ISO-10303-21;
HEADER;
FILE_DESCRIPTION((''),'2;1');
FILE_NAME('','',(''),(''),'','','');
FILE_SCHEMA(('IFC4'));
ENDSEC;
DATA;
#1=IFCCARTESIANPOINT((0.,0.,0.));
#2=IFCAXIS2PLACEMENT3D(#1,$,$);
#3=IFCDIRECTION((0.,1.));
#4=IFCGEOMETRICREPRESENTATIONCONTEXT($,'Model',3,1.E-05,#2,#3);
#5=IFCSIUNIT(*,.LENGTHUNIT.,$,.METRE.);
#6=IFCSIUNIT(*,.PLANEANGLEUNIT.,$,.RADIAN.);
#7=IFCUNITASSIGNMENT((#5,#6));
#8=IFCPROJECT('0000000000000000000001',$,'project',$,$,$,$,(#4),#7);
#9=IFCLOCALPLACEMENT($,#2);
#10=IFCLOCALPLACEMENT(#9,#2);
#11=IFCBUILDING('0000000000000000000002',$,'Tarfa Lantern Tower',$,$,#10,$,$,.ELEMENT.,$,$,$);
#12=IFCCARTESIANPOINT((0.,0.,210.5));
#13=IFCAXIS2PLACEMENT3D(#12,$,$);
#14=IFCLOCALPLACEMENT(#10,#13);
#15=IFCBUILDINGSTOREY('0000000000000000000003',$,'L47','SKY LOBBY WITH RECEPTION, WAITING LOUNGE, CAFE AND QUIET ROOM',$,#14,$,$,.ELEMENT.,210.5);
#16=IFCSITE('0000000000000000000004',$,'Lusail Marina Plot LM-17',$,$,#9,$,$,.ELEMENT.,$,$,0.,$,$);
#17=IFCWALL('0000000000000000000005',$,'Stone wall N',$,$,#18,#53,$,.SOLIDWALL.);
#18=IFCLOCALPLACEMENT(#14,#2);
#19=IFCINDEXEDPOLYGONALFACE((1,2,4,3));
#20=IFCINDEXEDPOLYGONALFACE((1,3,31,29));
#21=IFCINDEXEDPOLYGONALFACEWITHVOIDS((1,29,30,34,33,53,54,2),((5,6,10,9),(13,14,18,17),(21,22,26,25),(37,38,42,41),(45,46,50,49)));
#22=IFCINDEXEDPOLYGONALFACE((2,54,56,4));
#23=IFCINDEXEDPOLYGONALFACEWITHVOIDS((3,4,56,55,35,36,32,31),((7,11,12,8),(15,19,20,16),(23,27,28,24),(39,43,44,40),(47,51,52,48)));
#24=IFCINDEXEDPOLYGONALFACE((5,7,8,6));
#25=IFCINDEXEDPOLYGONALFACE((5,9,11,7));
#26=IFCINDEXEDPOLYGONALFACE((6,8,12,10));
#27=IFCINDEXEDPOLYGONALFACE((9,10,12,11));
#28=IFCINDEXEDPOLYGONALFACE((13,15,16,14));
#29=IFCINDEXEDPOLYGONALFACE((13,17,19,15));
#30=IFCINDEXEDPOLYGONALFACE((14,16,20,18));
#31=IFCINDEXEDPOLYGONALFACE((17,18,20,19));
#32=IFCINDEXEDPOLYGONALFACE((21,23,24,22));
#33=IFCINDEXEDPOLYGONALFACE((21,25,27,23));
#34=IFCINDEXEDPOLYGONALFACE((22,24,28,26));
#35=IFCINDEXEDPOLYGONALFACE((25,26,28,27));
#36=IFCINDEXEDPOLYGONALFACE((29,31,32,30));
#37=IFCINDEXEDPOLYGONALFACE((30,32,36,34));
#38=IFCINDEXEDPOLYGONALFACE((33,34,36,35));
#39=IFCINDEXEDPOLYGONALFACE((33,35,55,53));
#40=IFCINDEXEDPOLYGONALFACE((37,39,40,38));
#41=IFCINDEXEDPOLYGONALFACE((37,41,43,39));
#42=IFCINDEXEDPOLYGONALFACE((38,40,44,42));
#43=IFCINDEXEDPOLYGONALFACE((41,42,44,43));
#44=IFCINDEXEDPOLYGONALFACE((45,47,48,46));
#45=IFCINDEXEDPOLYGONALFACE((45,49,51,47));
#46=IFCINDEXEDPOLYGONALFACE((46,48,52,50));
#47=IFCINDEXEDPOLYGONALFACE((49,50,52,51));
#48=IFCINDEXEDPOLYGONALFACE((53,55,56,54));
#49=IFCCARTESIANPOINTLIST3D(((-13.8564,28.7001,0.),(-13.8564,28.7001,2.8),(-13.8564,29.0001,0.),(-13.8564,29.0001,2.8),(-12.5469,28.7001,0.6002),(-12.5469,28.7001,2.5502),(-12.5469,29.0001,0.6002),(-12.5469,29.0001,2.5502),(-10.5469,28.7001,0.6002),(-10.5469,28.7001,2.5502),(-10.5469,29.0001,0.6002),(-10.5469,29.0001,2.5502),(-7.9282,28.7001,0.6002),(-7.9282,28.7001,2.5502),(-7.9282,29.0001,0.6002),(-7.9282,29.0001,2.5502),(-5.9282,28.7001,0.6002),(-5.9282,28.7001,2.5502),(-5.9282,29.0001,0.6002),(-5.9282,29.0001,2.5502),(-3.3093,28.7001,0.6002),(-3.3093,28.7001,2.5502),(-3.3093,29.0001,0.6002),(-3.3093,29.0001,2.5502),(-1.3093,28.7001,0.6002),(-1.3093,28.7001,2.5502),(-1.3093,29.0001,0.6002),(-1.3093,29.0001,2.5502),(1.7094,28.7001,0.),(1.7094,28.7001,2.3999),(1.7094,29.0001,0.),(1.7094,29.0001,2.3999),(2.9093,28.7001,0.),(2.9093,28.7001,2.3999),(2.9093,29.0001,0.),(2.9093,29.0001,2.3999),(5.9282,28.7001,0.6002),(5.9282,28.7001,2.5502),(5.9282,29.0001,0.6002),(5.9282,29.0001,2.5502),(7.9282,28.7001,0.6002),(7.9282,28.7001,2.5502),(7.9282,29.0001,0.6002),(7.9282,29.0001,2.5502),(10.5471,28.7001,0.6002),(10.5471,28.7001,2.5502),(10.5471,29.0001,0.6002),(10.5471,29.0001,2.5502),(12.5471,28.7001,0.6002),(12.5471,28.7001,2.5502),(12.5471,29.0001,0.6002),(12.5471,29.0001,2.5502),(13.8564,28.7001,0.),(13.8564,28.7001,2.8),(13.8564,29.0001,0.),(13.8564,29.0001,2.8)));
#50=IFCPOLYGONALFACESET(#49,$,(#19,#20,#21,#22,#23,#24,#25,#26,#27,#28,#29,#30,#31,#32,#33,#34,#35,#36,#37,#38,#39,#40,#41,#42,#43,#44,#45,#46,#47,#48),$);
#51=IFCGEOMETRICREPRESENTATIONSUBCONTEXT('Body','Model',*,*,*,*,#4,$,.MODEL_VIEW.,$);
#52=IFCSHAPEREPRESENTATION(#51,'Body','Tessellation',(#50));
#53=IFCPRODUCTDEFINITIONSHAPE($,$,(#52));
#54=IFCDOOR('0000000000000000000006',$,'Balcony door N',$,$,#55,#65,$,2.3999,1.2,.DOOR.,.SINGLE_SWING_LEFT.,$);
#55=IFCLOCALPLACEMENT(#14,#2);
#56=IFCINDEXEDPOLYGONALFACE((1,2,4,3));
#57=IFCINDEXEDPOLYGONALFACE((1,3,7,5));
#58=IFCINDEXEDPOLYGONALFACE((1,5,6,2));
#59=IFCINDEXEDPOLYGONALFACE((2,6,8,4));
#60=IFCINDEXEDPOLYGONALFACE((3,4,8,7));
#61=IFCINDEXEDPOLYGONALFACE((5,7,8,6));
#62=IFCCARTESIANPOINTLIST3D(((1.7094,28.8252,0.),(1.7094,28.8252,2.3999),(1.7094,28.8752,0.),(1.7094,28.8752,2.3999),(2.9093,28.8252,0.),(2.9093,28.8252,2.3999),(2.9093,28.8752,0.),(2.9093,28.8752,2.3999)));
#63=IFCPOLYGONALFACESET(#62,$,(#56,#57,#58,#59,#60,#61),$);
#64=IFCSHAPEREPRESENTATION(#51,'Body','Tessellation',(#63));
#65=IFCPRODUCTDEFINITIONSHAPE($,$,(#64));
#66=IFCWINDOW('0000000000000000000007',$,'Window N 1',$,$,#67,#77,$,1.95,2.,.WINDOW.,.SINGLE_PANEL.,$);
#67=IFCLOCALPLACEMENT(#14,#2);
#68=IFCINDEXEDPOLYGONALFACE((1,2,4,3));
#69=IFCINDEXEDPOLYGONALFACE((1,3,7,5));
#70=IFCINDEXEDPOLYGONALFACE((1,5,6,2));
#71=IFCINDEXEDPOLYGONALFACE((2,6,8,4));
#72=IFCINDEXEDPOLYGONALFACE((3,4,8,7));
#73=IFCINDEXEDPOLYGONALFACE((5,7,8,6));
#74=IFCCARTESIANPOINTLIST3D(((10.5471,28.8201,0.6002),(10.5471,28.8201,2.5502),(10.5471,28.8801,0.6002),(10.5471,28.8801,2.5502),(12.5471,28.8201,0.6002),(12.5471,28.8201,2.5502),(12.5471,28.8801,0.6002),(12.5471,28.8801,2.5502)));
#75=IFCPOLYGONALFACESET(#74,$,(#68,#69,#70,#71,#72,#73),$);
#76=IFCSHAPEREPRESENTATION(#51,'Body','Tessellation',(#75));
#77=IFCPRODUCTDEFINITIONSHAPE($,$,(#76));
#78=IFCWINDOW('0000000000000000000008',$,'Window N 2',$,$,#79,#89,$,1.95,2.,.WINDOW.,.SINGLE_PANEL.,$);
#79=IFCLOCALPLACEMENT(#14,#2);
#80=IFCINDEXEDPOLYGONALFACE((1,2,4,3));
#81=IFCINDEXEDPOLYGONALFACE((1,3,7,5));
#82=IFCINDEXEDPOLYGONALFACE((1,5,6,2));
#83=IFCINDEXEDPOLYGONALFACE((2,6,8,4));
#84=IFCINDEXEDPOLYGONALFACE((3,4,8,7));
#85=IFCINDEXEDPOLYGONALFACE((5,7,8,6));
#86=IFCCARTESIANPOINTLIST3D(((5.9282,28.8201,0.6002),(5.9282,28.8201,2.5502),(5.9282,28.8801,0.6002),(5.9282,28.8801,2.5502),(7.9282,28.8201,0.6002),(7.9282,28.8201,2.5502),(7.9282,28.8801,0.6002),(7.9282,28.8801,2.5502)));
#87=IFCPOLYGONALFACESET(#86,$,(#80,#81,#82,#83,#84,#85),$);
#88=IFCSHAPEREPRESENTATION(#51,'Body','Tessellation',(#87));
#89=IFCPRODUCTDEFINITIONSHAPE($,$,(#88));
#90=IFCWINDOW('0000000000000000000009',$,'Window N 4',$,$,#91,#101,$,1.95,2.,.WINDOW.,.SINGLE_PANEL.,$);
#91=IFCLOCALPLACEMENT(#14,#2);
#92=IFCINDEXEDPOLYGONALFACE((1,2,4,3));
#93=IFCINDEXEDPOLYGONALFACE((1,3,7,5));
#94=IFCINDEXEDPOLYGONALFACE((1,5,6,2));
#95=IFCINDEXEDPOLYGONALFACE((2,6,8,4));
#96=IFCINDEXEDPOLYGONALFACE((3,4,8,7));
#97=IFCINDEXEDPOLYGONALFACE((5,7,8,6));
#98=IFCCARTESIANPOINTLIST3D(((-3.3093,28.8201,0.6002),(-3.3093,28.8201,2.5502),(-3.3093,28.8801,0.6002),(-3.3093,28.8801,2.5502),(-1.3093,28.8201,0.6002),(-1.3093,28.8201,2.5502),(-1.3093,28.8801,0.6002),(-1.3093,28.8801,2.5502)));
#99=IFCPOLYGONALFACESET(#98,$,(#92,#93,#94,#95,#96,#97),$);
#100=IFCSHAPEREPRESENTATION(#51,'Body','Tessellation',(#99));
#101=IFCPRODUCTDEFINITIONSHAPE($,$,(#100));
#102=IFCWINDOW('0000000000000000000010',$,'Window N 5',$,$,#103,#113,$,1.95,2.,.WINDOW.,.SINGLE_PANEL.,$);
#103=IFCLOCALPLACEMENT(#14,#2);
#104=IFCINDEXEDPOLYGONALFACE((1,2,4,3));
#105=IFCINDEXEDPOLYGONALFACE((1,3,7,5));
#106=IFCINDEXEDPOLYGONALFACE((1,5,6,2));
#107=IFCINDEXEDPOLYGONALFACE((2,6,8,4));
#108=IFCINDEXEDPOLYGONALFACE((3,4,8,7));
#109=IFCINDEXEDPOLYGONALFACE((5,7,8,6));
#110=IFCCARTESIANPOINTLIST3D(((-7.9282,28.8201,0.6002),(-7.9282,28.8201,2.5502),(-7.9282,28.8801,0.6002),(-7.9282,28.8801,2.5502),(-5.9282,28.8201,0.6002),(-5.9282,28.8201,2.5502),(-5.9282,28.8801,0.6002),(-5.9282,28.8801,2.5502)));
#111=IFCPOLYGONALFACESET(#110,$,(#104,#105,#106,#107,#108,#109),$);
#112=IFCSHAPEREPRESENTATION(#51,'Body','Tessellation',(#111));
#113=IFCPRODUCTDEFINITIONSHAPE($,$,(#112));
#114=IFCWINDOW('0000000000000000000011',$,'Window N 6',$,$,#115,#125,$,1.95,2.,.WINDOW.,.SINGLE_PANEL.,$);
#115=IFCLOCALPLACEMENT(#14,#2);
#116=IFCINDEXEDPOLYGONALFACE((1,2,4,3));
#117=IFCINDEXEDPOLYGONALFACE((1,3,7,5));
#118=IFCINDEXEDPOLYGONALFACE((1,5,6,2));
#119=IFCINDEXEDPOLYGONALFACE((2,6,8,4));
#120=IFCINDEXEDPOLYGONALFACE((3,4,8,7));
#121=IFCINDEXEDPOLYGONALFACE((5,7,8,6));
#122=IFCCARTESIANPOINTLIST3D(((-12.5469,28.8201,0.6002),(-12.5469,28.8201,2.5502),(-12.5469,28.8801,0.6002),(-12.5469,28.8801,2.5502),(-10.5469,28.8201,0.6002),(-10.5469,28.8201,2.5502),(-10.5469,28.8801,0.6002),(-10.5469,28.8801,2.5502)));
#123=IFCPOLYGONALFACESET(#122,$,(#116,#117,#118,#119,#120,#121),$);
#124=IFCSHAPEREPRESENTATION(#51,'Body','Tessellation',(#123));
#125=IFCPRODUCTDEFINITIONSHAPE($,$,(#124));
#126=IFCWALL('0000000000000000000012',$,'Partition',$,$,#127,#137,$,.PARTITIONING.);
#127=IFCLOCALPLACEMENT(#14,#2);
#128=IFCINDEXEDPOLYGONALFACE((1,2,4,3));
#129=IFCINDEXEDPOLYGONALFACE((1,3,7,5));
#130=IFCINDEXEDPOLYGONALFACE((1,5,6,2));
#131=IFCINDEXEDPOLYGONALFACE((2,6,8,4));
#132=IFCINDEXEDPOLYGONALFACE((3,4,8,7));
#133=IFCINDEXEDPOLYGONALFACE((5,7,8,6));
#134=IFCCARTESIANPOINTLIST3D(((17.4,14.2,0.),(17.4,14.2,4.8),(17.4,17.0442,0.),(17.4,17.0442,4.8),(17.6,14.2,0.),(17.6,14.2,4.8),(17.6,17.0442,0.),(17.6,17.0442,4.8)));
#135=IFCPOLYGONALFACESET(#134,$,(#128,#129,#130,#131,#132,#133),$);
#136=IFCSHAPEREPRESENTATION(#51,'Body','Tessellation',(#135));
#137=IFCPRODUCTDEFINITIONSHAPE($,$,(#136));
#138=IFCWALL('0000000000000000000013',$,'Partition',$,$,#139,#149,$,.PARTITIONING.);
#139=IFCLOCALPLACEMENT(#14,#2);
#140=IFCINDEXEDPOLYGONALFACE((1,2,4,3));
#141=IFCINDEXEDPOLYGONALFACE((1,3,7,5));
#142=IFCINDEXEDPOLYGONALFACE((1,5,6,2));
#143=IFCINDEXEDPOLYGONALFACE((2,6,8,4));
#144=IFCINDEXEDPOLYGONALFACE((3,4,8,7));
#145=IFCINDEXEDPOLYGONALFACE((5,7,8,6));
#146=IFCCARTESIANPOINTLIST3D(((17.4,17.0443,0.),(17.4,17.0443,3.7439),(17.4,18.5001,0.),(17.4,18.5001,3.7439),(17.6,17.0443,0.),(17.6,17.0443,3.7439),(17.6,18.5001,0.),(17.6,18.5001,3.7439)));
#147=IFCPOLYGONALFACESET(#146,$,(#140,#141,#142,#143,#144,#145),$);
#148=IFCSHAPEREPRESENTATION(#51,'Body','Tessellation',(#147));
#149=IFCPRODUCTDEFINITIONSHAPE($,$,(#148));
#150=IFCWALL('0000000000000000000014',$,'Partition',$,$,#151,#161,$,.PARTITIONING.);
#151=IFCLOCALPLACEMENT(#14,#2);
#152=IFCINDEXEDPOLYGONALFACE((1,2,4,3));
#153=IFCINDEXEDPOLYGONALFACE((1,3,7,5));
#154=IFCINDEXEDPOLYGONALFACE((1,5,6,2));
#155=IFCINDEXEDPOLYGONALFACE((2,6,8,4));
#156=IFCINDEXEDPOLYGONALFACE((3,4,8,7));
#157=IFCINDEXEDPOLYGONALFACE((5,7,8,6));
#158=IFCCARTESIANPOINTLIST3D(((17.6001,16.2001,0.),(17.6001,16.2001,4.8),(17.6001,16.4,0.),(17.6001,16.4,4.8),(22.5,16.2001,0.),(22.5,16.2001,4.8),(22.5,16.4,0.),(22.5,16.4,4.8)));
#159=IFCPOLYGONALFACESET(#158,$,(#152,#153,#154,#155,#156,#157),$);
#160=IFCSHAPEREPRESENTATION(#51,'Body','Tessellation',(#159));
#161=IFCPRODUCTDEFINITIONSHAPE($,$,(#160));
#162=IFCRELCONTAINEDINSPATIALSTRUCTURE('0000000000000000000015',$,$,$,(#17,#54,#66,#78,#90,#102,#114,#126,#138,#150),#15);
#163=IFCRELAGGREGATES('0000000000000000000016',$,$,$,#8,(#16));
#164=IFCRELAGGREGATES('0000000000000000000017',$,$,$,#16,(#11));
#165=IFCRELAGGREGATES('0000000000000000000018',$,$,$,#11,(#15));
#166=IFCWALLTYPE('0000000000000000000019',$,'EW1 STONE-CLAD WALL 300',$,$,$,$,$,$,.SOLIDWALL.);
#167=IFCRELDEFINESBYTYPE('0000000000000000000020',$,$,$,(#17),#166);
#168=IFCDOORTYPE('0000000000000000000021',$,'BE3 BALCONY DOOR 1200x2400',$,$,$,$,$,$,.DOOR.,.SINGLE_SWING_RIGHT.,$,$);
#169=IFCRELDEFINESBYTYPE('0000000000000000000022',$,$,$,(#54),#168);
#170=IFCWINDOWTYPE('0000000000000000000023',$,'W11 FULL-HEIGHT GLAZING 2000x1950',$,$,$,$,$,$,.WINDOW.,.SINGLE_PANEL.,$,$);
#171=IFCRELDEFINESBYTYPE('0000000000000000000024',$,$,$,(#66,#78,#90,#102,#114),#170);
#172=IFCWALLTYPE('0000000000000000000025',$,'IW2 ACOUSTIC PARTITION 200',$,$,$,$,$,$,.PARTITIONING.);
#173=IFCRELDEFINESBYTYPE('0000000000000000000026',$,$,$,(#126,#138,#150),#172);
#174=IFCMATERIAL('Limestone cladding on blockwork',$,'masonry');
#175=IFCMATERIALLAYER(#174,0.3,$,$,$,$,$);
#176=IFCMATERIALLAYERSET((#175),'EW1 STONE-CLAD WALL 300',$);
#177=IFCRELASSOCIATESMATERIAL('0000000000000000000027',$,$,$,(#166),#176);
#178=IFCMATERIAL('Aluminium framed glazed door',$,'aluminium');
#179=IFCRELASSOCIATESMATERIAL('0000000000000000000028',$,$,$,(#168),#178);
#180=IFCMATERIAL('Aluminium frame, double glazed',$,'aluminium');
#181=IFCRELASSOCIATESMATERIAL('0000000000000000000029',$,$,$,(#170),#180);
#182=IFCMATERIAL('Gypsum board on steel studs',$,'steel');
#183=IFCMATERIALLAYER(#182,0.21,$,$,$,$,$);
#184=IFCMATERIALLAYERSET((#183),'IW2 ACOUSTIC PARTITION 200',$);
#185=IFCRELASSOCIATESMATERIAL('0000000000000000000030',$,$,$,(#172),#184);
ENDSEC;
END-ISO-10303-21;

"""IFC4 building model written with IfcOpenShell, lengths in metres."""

from ifc_helpers import new_model, si_unit, direction, frame, frame_2d, origin, place, context, subcontext, project, spatial, rectangle, extrude, material, layer, layer_set, type_object, element, fill, save


model = new_model("IFC4")

# Units and contexts
model_context = context("Model", 3, precision=1e-05, world=origin(), true_north=direction((0.0, 1.0)))
body_context = subcontext(model_context, "Body", "Model", "MODEL_VIEW")
ifc_project = project(units=[si_unit("LENGTHUNIT", "METRE"), si_unit("PLANEANGLEUNIT", "RADIAN")], contexts=[model_context])

# Site, building, storey
site_placement = place(None, origin())
site = spatial("IfcSite", under=ifc_project, at=site_placement, Name="Lusail Marina Plot LM-17", CompositionType="ELEMENT", RefElevation=0.0)
building_placement = place(site_placement, origin())
building = spatial("IfcBuilding", under=site, at=building_placement, Name="Tarfa Lantern Tower", CompositionType="ELEMENT")
storey_placement = place(building_placement, frame((0.0, 0.0, 210.5)))
storey = spatial("IfcBuildingStorey", under=building, at=storey_placement, Name="L47", Description="SKY LOBBY WITH RECEPTION, WAITING LOUNGE, CAFE AND QUIET ROOM", CompositionType="ELEMENT", Elevation=210.5)

# Wall, openings, door, windows
ifc_material_1 = material(Name="Limestone cladding on blockwork", Category="masonry")
ifc_layer_1 = layer(ifc_material_1, 0.3)
ifc_layer_set_1 = layer_set([ifc_layer_1], Name="EW1 STONE-CLAD WALL 300")
wall_type_1 = type_object("IfcWallType", Name="EW1 STONE-CLAD WALL 300", PredefinedType="SOLIDWALL", material=ifc_layer_set_1)
wall_1_placement = place(storey_placement, frame((13.8564, 28.8501, 0.0), z_axis=(0.0, 0.0, 1.0), x_axis=(-1.0, 0.0, 0.0)))
wall_1 = element("IfcWall", 1, at=wall_1_placement, inside=storey, type_object=wall_type_1, Name="Stone wall N", PredefinedType="SOLIDWALL", context=body_context, shape_type="SweptSolid", body=[
    extrude(rectangle(XDim=27.7129, YDim=0.3, at=frame_2d((13.8564, 0.0))), origin(), (0.0, 0.0, 1.0), 2.8),
])
opening_1_placement = place(wall_1_placement, frame((1.3093, 0.0, 0.6001)))
opening_1 = element("IfcOpeningElement", 2, at=opening_1_placement, cuts=wall_1, PredefinedType="OPENING", context=body_context, shape_type="SweptSolid", body=[
    extrude(rectangle(XDim=2.0, YDim=1.95, at=frame_2d((1.0, 0.9751))), frame((0.0, 0.1599, 0.0), z_axis=(0.0, -1.0, 0.0), x_axis=(1.0, 0.0, 0.0)), (0.0, 0.0, 1.0), 0.3201),
])
opening_2_placement = place(wall_1_placement, frame((5.9282, 0.0, 0.6001)))
opening_2 = element("IfcOpeningElement", 3, at=opening_2_placement, cuts=wall_1, PredefinedType="OPENING", context=body_context, shape_type="SweptSolid", body=[
    extrude(rectangle(XDim=2.0, YDim=1.95, at=frame_2d((1.0, 0.9751))), frame((0.0, 0.1599, 0.0), z_axis=(0.0, -1.0, 0.0), x_axis=(1.0, 0.0, 0.0)), (0.0, 0.0, 1.0), 0.3201),
])
opening_3_placement = place(wall_1_placement, frame((10.947, 0.0, 0.0)))
opening_3 = element("IfcOpeningElement", 4, at=opening_3_placement, cuts=wall_1, PredefinedType="OPENING", context=body_context, shape_type="SweptSolid", body=[
    extrude(rectangle(XDim=1.2, YDim=2.3999, at=frame_2d((0.6001, 1.2))), frame((0.0, 0.1599, 0.0), z_axis=(0.0, -1.0, 0.0), x_axis=(1.0, 0.0, 0.0)), (0.0, 0.0, 1.0), 0.3201),
])
opening_4_placement = place(wall_1_placement, frame((15.1658, 0.0, 0.6001)))
opening_4 = element("IfcOpeningElement", 5, at=opening_4_placement, cuts=wall_1, PredefinedType="OPENING", context=body_context, shape_type="SweptSolid", body=[
    extrude(rectangle(XDim=2.0, YDim=1.95, at=frame_2d((1.0, 0.9751))), frame((0.0, 0.1599, 0.0), z_axis=(0.0, -1.0, 0.0), x_axis=(1.0, 0.0, 0.0)), (0.0, 0.0, 1.0), 0.3201),
])
opening_5_placement = place(wall_1_placement, frame((19.7847, 0.0, 0.6001)))
opening_5 = element("IfcOpeningElement", 6, at=opening_5_placement, cuts=wall_1, PredefinedType="OPENING", context=body_context, shape_type="SweptSolid", body=[
    extrude(rectangle(XDim=2.0, YDim=1.95, at=frame_2d((1.0, 0.9751))), frame((0.0, 0.1599, 0.0), z_axis=(0.0, -1.0, 0.0), x_axis=(1.0, 0.0, 0.0)), (0.0, 0.0, 1.0), 0.3201),
])
opening_6_placement = place(wall_1_placement, frame((24.4033, 0.0, 0.6001)))
opening_6 = element("IfcOpeningElement", 7, at=opening_6_placement, cuts=wall_1, PredefinedType="OPENING", context=body_context, shape_type="SweptSolid", body=[
    extrude(rectangle(XDim=2.0, YDim=1.95, at=frame_2d((1.0, 0.9751))), frame((0.0, 0.1599, 0.0), z_axis=(0.0, -1.0, 0.0), x_axis=(1.0, 0.0, 0.0)), (0.0, 0.0, 1.0), 0.3201),
])
ifc_material_2 = material(Name="Aluminium framed glazed door", Category="aluminium")
door_type = type_object("IfcDoorType", Name="BE3 BALCONY DOOR 1200x2400", OperationType="SINGLE_SWING_RIGHT", PredefinedType="DOOR", material=ifc_material_2)
door_placement = place(opening_3_placement, origin())
door = element("IfcDoor", 8, at=door_placement, inside=storey, type_object=door_type, Name="Balcony door N", OperationType="SINGLE_SWING_LEFT", OverallHeight=2.3999, OverallWidth=1.2, PredefinedType="DOOR", context=body_context, shape_type="SweptSolid", body=[
    extrude(rectangle(XDim=1.2, YDim=2.3999, at=frame_2d((0.6001, 1.2))), frame((0.0, 0.0249, 0.0), z_axis=(0.0, -1.0, 0.0), x_axis=(1.0, 0.0, 0.0)), (0.0, 0.0, 1.0), 0.05),
])
fill(opening_3, door)
ifc_material_3 = material(Name="Aluminium frame, double glazed", Category="aluminium")
window_type = type_object("IfcWindowType", Name="W11 FULL-HEIGHT GLAZING 2000x1950", PartitioningType="SINGLE_PANEL", PredefinedType="WINDOW", material=ifc_material_3)
window_1_placement = place(opening_1_placement, origin())
window_1 = element("IfcWindow", 9, at=window_1_placement, inside=storey, type_object=window_type, Name="Window N 1", OverallHeight=1.95, OverallWidth=2.0, PartitioningType="SINGLE_PANEL", PredefinedType="WINDOW", context=body_context, shape_type="SweptSolid", body=[
    extrude(rectangle(XDim=2.0, YDim=1.95, at=frame_2d((1.0, 0.9751))), frame((0.0, 0.03, 0.0), z_axis=(0.0, -1.0, 0.0), x_axis=(1.0, 0.0, 0.0)), (0.0, 0.0, 1.0), 0.0601),
])
fill(opening_1, window_1)
window_2_placement = place(opening_2_placement, origin())
window_2 = element("IfcWindow", 10, at=window_2_placement, inside=storey, type_object=window_type, Name="Window N 2", OverallHeight=1.95, OverallWidth=2.0, PartitioningType="SINGLE_PANEL", PredefinedType="WINDOW", context=body_context, shape_type="SweptSolid", body=[
    extrude(rectangle(XDim=2.0, YDim=1.95, at=frame_2d((1.0, 0.9751))), frame((0.0, 0.03, 0.0), z_axis=(0.0, -1.0, 0.0), x_axis=(1.0, 0.0, 0.0)), (0.0, 0.0, 1.0), 0.0601),
])
fill(opening_2, window_2)
window_3_placement = place(opening_4_placement, origin())
window_3 = element("IfcWindow", 11, at=window_3_placement, inside=storey, type_object=window_type, Name="Window N 4", OverallHeight=1.95, OverallWidth=2.0, PartitioningType="SINGLE_PANEL", PredefinedType="WINDOW", context=body_context, shape_type="SweptSolid", body=[
    extrude(rectangle(XDim=2.0, YDim=1.95, at=frame_2d((1.0, 0.9751))), frame((0.0, 0.03, 0.0), z_axis=(0.0, -1.0, 0.0), x_axis=(1.0, 0.0, 0.0)), (0.0, 0.0, 1.0), 0.0601),
])
fill(opening_4, window_3)
window_4_placement = place(opening_5_placement, origin())
window_4 = element("IfcWindow", 12, at=window_4_placement, inside=storey, type_object=window_type, Name="Window N 5", OverallHeight=1.95, OverallWidth=2.0, PartitioningType="SINGLE_PANEL", PredefinedType="WINDOW", context=body_context, shape_type="SweptSolid", body=[
    extrude(rectangle(XDim=2.0, YDim=1.95, at=frame_2d((1.0, 0.9751))), frame((0.0, 0.03, 0.0), z_axis=(0.0, -1.0, 0.0), x_axis=(1.0, 0.0, 0.0)), (0.0, 0.0, 1.0), 0.0601),
])
fill(opening_5, window_4)
window_5_placement = place(opening_6_placement, origin())
window_5 = element("IfcWindow", 13, at=window_5_placement, inside=storey, type_object=window_type, Name="Window N 6", OverallHeight=1.95, OverallWidth=2.0, PartitioningType="SINGLE_PANEL", PredefinedType="WINDOW", context=body_context, shape_type="SweptSolid", body=[
    extrude(rectangle(XDim=2.0, YDim=1.95, at=frame_2d((1.0, 0.9751))), frame((0.0, 0.03, 0.0), z_axis=(0.0, -1.0, 0.0), x_axis=(1.0, 0.0, 0.0)), (0.0, 0.0, 1.0), 0.0601),
])
fill(opening_6, window_5)

# Walls
ifc_material_4 = material(Name="Gypsum board on steel studs", Category="steel")
ifc_layer_2 = layer(ifc_material_4, 0.21)
ifc_layer_set_2 = layer_set([ifc_layer_2], Name="IW2 ACOUSTIC PARTITION 200")
wall_type_2 = type_object("IfcWallType", Name="IW2 ACOUSTIC PARTITION 200", PredefinedType="PARTITIONING", material=ifc_layer_set_2)
wall_2_placement = place(storey_placement, frame((17.5, 14.2, 0.0), z_axis=(0.0, 0.0, 1.0), x_axis=(0.0, 1.0, 0.0)))
element("IfcWall", 14, at=wall_2_placement, inside=storey, type_object=wall_type_2, Name="Partition", PredefinedType="PARTITIONING", context=body_context, shape_type="SweptSolid", body=[
    extrude(rectangle(XDim=2.8442, YDim=0.2, at=frame_2d((1.4221, 0.0))), origin(), (0.0, 0.0, 1.0), 4.8),
])
wall_3_placement = place(storey_placement, frame((17.5, 17.0442, 0.0), z_axis=(0.0, 0.0, 1.0), x_axis=(0.0, 1.0, 0.0)))
element("IfcWall", 15, at=wall_3_placement, inside=storey, type_object=wall_type_2, Name="Partition", PredefinedType="PARTITIONING", context=body_context, shape_type="SweptSolid", body=[
    extrude(rectangle(XDim=1.4558, YDim=0.2, at=frame_2d((0.728, 0.0))), origin(), (0.0, 0.0, 1.0), 3.7439),
])
wall_4_placement = place(storey_placement, frame((17.6001, 16.3, 0.0), z_axis=(0.0, 0.0, 1.0), x_axis=(1.0, 0.0, 0.0)))
element("IfcWall", 16, at=wall_4_placement, inside=storey, type_object=wall_type_2, Name="Partition", PredefinedType="PARTITIONING", context=body_context, shape_type="SweptSolid", body=[
    extrude(rectangle(XDim=4.8999, YDim=0.2, at=frame_2d((2.45, 0.0))), origin(), (0.0, 0.0, 1.0), 4.8),
])

save(model, "model.ifc")
